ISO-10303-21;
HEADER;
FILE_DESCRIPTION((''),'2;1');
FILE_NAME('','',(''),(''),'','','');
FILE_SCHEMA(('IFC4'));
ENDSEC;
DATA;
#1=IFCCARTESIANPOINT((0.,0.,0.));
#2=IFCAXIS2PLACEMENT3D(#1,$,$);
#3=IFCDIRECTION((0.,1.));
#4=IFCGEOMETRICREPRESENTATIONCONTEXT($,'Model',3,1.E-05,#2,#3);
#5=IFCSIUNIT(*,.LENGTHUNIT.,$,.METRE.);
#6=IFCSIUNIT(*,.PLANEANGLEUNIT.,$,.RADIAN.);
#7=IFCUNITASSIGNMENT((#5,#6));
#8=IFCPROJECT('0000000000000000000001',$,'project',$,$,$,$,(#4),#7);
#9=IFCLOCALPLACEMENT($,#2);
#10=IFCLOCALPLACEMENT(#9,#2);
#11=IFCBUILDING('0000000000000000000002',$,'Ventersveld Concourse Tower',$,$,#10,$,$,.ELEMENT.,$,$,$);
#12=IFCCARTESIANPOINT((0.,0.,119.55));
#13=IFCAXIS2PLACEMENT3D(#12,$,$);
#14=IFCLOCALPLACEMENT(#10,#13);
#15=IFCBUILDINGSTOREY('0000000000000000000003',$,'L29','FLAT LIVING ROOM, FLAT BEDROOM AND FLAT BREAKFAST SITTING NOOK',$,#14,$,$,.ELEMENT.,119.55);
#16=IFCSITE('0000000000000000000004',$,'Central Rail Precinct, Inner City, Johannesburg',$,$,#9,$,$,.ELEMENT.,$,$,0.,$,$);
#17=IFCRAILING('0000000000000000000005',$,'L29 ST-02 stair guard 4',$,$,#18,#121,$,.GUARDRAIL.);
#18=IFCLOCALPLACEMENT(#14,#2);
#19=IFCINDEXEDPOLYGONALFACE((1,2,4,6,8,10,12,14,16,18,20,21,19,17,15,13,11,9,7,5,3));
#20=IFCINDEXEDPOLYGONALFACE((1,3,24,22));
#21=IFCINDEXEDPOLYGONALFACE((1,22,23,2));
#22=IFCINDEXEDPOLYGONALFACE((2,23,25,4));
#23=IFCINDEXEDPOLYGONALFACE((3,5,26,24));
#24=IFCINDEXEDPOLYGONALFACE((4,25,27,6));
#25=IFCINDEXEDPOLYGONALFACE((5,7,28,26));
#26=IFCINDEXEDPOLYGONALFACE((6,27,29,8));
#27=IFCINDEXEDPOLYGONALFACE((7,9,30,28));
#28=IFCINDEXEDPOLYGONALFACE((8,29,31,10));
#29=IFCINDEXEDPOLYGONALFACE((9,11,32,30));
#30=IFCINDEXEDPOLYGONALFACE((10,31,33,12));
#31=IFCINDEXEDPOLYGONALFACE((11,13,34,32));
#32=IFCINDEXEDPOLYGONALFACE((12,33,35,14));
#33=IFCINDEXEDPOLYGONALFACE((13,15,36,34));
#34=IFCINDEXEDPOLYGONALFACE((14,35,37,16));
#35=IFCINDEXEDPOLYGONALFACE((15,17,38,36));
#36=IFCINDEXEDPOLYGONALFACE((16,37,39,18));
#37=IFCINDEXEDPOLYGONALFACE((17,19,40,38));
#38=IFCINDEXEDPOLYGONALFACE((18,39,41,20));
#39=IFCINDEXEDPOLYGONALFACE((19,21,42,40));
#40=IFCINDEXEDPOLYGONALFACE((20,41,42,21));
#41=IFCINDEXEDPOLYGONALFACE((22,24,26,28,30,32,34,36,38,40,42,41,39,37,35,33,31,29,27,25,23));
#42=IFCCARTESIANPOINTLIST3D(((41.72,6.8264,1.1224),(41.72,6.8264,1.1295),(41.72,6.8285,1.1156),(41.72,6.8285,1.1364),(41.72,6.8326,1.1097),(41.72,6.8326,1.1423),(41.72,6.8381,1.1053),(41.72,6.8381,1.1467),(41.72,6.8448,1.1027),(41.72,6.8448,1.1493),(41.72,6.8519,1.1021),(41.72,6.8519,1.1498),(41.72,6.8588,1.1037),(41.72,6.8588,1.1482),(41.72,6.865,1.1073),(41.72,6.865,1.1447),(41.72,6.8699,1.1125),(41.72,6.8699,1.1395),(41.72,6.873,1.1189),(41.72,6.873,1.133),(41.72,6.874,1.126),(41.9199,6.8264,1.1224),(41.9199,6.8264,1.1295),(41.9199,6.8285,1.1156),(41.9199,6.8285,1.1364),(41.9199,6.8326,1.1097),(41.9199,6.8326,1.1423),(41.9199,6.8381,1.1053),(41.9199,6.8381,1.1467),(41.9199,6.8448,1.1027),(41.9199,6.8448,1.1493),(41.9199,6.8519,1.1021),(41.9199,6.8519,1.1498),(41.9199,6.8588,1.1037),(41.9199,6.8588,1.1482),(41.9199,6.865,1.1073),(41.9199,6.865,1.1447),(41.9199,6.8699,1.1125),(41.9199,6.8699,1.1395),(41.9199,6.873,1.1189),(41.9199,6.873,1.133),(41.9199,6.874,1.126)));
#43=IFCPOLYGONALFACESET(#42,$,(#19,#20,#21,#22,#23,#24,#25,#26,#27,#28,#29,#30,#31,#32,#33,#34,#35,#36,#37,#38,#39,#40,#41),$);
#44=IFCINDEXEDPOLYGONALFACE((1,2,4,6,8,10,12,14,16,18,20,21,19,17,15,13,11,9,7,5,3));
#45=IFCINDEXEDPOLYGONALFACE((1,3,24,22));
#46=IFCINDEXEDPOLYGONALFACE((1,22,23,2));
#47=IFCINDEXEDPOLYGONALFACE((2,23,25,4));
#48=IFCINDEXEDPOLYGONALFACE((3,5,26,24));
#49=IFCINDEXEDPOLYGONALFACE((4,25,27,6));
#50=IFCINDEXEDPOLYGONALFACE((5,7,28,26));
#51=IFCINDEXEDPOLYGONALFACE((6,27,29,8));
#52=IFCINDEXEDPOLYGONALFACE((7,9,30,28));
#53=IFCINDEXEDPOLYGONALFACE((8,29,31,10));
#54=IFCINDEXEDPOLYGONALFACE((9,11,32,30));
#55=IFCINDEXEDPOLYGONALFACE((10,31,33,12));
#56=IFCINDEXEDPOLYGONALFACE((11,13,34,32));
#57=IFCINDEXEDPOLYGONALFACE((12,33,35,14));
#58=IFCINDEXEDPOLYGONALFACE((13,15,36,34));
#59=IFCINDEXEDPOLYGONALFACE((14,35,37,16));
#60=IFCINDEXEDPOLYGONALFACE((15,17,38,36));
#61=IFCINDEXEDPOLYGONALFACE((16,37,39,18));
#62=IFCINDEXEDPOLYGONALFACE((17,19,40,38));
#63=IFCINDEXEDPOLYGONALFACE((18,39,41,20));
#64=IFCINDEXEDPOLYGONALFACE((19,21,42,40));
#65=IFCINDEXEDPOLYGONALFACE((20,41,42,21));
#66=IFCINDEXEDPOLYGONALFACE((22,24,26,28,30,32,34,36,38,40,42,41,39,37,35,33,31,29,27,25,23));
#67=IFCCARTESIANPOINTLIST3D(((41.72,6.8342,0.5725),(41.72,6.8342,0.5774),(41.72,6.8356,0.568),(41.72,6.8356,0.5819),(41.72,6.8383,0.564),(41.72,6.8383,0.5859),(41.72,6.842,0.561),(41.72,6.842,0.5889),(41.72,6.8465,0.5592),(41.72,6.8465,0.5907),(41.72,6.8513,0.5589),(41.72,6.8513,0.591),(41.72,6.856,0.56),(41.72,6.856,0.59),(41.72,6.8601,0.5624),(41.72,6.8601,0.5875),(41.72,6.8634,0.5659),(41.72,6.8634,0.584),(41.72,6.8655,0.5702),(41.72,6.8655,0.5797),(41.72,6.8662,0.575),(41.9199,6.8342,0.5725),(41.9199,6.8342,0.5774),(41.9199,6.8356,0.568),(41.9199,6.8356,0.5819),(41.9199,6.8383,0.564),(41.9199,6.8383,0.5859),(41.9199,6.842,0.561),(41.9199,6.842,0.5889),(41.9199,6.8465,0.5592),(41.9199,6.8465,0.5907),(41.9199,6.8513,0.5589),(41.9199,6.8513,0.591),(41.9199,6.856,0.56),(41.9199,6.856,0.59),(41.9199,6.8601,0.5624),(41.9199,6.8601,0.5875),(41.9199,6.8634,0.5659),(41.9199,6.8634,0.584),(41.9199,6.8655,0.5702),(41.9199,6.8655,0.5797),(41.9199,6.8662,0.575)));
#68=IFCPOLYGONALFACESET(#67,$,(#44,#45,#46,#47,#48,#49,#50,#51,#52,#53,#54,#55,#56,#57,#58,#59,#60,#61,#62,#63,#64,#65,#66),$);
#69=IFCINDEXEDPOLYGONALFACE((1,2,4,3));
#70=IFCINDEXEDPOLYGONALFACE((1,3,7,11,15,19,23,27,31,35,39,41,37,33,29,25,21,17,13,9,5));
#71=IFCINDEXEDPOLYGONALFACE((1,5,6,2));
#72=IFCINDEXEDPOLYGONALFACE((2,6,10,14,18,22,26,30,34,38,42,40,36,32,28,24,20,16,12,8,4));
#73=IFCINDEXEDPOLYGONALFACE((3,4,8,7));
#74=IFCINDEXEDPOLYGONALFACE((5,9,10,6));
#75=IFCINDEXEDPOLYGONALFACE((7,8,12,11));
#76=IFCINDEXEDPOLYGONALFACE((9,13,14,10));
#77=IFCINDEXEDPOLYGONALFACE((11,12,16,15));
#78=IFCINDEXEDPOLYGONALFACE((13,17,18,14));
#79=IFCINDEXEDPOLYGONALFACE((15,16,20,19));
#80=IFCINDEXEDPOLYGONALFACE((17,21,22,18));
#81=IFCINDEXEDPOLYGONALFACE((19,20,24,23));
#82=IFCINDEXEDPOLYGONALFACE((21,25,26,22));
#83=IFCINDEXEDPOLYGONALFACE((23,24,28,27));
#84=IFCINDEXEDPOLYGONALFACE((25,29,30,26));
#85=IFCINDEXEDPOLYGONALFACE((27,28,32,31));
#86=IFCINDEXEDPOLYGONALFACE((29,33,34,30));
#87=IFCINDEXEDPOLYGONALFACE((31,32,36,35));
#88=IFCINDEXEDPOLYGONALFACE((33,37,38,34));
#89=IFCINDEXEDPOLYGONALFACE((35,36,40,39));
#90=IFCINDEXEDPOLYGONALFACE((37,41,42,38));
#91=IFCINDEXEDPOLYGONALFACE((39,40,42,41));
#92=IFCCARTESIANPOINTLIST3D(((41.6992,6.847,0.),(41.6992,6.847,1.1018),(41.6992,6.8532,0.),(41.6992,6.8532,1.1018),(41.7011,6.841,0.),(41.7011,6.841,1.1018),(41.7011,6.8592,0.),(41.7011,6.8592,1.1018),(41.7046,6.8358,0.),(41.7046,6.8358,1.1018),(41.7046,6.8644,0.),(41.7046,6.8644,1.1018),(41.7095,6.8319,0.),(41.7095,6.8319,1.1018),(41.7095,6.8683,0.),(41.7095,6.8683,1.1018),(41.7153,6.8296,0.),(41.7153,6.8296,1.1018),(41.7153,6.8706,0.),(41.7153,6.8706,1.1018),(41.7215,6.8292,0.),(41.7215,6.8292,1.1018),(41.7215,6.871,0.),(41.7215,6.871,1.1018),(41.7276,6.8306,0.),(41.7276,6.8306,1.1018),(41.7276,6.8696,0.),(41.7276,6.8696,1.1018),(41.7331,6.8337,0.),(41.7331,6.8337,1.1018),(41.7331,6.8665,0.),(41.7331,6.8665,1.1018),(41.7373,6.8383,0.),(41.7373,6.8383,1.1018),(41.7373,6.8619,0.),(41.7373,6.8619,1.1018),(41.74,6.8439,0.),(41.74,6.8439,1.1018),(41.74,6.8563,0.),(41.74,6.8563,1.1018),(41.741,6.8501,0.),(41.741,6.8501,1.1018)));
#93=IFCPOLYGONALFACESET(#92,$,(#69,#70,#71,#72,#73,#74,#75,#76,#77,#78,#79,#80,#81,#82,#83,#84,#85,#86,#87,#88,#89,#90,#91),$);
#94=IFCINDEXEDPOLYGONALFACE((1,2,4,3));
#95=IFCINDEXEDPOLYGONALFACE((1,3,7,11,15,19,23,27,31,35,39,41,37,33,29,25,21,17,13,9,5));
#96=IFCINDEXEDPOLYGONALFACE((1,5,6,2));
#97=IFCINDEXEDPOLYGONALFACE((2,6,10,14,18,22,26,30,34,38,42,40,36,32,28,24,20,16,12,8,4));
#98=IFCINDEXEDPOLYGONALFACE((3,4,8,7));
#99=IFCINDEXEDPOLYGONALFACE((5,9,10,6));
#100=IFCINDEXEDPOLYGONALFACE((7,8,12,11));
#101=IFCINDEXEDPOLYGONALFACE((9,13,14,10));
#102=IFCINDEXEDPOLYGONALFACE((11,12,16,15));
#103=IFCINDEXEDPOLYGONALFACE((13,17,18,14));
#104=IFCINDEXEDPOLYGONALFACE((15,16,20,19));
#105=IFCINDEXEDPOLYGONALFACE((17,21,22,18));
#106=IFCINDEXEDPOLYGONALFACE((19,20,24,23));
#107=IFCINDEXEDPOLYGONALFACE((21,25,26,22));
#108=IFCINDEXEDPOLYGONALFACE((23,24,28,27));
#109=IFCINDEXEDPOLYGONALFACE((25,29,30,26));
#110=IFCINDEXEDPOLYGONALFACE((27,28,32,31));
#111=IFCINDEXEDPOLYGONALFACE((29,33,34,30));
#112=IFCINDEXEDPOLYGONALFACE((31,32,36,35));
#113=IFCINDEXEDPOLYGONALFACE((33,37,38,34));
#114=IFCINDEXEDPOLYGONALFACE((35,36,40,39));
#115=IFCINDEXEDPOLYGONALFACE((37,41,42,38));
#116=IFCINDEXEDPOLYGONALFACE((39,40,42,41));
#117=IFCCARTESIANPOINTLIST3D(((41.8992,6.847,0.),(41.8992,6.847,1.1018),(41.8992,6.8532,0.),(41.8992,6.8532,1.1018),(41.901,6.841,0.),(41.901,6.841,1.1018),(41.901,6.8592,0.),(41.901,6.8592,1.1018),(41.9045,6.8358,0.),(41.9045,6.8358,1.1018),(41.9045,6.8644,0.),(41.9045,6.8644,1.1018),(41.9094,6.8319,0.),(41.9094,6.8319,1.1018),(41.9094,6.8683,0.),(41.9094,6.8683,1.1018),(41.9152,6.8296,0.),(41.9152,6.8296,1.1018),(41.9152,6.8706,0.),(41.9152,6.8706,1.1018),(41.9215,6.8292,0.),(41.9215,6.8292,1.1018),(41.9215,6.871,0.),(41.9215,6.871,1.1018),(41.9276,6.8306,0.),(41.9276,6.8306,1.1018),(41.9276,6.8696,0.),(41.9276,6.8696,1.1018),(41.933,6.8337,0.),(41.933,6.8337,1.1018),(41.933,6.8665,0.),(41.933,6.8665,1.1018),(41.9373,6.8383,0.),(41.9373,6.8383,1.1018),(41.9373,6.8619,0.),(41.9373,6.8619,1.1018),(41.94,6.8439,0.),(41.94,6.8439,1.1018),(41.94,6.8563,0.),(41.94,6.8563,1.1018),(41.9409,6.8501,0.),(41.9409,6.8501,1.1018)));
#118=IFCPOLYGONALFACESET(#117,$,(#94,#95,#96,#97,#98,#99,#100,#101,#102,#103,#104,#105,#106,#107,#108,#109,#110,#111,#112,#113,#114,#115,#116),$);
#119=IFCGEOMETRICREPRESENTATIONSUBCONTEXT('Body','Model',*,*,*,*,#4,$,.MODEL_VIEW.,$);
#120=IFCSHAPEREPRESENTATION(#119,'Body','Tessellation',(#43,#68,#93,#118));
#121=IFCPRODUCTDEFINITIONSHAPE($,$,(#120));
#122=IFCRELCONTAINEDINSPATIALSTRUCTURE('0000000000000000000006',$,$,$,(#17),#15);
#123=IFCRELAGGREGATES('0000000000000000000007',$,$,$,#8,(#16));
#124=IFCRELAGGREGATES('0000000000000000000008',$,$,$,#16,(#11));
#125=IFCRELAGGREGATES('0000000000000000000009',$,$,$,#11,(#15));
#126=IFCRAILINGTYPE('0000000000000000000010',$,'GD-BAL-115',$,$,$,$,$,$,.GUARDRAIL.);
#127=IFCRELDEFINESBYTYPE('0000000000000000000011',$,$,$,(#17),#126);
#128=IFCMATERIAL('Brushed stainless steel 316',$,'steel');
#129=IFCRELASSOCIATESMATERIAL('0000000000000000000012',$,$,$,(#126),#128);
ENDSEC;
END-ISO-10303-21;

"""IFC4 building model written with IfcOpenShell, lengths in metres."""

from ifc_helpers import new_model, si_unit, direction, frame, origin, origin_2d, place, context, subcontext, project, spatial, circle, extrude, material, type_object, element, save


model = new_model("IFC4")

# Units and contexts
model_context = context("Model", 3, precision=1e-05, world=origin(), true_north=direction((0.0, 1.0)))
body_context = subcontext(model_context, "Body", "Model", "MODEL_VIEW")
ifc_project = project(units=[si_unit("LENGTHUNIT", "METRE"), si_unit("PLANEANGLEUNIT", "RADIAN")], contexts=[model_context])

# Site, building, storey
site_placement = place(None, origin())
site = spatial("IfcSite", under=ifc_project, at=site_placement, Name="Central Rail Precinct, Inner City, Johannesburg", CompositionType="ELEMENT", RefElevation=0.0)
building_placement = place(site_placement, origin())
building = spatial("IfcBuilding", under=site, at=building_placement, Name="Ventersveld Concourse Tower", CompositionType="ELEMENT")
storey_placement = place(building_placement, frame((0.0, 0.0, 119.55)))
storey = spatial("IfcBuildingStorey", under=building, at=storey_placement, Name="L29", Description="FLAT LIVING ROOM, FLAT BEDROOM AND FLAT BREAKFAST SITTING NOOK", CompositionType="ELEMENT", Elevation=119.55)

# Railing
ifc_material_1 = material(Name="Brushed stainless steel 316", Category="steel")
railing_type_1 = type_object("IfcRailingType", Name="GD-BAL-115", PredefinedType="GUARDRAIL", material=ifc_material_1)
railing_1_placement = place(storey_placement, frame((41.72, 6.8501, 0.0)))
element("IfcRailing", 1, at=railing_1_placement, inside=storey, type_object=railing_type_1, Name="L29 ST-02 stair guard 4", PredefinedType="GUARDRAIL", context=body_context, shape_type="SweptSolid", body=[
    extrude(circle(Radius=0.0239, at=origin_2d()), frame((0.0, 0.0, 1.126), z_axis=(1.0, 0.0, 0.0), x_axis=(0.0, 1.0, 0.0)), (0.0, 0.0, 1.0), 0.2),
    extrude(circle(Radius=0.0161, at=origin_2d()), frame((0.0, 0.0, 0.575), z_axis=(1.0, 0.0, 0.0), x_axis=(0.0, 1.0, 0.0)), (0.0, 0.0, 1.0), 0.2),
    extrude(circle(Radius=0.021, at=origin_2d()), origin(), (0.0, 0.0, 1.0), 1.1018),
    extrude(circle(Radius=0.021, at=origin_2d()), frame((0.2, 0.0, 0.0)), (0.0, 0.0, 1.0), 1.1018),
])

save(model, "model.ifc")
